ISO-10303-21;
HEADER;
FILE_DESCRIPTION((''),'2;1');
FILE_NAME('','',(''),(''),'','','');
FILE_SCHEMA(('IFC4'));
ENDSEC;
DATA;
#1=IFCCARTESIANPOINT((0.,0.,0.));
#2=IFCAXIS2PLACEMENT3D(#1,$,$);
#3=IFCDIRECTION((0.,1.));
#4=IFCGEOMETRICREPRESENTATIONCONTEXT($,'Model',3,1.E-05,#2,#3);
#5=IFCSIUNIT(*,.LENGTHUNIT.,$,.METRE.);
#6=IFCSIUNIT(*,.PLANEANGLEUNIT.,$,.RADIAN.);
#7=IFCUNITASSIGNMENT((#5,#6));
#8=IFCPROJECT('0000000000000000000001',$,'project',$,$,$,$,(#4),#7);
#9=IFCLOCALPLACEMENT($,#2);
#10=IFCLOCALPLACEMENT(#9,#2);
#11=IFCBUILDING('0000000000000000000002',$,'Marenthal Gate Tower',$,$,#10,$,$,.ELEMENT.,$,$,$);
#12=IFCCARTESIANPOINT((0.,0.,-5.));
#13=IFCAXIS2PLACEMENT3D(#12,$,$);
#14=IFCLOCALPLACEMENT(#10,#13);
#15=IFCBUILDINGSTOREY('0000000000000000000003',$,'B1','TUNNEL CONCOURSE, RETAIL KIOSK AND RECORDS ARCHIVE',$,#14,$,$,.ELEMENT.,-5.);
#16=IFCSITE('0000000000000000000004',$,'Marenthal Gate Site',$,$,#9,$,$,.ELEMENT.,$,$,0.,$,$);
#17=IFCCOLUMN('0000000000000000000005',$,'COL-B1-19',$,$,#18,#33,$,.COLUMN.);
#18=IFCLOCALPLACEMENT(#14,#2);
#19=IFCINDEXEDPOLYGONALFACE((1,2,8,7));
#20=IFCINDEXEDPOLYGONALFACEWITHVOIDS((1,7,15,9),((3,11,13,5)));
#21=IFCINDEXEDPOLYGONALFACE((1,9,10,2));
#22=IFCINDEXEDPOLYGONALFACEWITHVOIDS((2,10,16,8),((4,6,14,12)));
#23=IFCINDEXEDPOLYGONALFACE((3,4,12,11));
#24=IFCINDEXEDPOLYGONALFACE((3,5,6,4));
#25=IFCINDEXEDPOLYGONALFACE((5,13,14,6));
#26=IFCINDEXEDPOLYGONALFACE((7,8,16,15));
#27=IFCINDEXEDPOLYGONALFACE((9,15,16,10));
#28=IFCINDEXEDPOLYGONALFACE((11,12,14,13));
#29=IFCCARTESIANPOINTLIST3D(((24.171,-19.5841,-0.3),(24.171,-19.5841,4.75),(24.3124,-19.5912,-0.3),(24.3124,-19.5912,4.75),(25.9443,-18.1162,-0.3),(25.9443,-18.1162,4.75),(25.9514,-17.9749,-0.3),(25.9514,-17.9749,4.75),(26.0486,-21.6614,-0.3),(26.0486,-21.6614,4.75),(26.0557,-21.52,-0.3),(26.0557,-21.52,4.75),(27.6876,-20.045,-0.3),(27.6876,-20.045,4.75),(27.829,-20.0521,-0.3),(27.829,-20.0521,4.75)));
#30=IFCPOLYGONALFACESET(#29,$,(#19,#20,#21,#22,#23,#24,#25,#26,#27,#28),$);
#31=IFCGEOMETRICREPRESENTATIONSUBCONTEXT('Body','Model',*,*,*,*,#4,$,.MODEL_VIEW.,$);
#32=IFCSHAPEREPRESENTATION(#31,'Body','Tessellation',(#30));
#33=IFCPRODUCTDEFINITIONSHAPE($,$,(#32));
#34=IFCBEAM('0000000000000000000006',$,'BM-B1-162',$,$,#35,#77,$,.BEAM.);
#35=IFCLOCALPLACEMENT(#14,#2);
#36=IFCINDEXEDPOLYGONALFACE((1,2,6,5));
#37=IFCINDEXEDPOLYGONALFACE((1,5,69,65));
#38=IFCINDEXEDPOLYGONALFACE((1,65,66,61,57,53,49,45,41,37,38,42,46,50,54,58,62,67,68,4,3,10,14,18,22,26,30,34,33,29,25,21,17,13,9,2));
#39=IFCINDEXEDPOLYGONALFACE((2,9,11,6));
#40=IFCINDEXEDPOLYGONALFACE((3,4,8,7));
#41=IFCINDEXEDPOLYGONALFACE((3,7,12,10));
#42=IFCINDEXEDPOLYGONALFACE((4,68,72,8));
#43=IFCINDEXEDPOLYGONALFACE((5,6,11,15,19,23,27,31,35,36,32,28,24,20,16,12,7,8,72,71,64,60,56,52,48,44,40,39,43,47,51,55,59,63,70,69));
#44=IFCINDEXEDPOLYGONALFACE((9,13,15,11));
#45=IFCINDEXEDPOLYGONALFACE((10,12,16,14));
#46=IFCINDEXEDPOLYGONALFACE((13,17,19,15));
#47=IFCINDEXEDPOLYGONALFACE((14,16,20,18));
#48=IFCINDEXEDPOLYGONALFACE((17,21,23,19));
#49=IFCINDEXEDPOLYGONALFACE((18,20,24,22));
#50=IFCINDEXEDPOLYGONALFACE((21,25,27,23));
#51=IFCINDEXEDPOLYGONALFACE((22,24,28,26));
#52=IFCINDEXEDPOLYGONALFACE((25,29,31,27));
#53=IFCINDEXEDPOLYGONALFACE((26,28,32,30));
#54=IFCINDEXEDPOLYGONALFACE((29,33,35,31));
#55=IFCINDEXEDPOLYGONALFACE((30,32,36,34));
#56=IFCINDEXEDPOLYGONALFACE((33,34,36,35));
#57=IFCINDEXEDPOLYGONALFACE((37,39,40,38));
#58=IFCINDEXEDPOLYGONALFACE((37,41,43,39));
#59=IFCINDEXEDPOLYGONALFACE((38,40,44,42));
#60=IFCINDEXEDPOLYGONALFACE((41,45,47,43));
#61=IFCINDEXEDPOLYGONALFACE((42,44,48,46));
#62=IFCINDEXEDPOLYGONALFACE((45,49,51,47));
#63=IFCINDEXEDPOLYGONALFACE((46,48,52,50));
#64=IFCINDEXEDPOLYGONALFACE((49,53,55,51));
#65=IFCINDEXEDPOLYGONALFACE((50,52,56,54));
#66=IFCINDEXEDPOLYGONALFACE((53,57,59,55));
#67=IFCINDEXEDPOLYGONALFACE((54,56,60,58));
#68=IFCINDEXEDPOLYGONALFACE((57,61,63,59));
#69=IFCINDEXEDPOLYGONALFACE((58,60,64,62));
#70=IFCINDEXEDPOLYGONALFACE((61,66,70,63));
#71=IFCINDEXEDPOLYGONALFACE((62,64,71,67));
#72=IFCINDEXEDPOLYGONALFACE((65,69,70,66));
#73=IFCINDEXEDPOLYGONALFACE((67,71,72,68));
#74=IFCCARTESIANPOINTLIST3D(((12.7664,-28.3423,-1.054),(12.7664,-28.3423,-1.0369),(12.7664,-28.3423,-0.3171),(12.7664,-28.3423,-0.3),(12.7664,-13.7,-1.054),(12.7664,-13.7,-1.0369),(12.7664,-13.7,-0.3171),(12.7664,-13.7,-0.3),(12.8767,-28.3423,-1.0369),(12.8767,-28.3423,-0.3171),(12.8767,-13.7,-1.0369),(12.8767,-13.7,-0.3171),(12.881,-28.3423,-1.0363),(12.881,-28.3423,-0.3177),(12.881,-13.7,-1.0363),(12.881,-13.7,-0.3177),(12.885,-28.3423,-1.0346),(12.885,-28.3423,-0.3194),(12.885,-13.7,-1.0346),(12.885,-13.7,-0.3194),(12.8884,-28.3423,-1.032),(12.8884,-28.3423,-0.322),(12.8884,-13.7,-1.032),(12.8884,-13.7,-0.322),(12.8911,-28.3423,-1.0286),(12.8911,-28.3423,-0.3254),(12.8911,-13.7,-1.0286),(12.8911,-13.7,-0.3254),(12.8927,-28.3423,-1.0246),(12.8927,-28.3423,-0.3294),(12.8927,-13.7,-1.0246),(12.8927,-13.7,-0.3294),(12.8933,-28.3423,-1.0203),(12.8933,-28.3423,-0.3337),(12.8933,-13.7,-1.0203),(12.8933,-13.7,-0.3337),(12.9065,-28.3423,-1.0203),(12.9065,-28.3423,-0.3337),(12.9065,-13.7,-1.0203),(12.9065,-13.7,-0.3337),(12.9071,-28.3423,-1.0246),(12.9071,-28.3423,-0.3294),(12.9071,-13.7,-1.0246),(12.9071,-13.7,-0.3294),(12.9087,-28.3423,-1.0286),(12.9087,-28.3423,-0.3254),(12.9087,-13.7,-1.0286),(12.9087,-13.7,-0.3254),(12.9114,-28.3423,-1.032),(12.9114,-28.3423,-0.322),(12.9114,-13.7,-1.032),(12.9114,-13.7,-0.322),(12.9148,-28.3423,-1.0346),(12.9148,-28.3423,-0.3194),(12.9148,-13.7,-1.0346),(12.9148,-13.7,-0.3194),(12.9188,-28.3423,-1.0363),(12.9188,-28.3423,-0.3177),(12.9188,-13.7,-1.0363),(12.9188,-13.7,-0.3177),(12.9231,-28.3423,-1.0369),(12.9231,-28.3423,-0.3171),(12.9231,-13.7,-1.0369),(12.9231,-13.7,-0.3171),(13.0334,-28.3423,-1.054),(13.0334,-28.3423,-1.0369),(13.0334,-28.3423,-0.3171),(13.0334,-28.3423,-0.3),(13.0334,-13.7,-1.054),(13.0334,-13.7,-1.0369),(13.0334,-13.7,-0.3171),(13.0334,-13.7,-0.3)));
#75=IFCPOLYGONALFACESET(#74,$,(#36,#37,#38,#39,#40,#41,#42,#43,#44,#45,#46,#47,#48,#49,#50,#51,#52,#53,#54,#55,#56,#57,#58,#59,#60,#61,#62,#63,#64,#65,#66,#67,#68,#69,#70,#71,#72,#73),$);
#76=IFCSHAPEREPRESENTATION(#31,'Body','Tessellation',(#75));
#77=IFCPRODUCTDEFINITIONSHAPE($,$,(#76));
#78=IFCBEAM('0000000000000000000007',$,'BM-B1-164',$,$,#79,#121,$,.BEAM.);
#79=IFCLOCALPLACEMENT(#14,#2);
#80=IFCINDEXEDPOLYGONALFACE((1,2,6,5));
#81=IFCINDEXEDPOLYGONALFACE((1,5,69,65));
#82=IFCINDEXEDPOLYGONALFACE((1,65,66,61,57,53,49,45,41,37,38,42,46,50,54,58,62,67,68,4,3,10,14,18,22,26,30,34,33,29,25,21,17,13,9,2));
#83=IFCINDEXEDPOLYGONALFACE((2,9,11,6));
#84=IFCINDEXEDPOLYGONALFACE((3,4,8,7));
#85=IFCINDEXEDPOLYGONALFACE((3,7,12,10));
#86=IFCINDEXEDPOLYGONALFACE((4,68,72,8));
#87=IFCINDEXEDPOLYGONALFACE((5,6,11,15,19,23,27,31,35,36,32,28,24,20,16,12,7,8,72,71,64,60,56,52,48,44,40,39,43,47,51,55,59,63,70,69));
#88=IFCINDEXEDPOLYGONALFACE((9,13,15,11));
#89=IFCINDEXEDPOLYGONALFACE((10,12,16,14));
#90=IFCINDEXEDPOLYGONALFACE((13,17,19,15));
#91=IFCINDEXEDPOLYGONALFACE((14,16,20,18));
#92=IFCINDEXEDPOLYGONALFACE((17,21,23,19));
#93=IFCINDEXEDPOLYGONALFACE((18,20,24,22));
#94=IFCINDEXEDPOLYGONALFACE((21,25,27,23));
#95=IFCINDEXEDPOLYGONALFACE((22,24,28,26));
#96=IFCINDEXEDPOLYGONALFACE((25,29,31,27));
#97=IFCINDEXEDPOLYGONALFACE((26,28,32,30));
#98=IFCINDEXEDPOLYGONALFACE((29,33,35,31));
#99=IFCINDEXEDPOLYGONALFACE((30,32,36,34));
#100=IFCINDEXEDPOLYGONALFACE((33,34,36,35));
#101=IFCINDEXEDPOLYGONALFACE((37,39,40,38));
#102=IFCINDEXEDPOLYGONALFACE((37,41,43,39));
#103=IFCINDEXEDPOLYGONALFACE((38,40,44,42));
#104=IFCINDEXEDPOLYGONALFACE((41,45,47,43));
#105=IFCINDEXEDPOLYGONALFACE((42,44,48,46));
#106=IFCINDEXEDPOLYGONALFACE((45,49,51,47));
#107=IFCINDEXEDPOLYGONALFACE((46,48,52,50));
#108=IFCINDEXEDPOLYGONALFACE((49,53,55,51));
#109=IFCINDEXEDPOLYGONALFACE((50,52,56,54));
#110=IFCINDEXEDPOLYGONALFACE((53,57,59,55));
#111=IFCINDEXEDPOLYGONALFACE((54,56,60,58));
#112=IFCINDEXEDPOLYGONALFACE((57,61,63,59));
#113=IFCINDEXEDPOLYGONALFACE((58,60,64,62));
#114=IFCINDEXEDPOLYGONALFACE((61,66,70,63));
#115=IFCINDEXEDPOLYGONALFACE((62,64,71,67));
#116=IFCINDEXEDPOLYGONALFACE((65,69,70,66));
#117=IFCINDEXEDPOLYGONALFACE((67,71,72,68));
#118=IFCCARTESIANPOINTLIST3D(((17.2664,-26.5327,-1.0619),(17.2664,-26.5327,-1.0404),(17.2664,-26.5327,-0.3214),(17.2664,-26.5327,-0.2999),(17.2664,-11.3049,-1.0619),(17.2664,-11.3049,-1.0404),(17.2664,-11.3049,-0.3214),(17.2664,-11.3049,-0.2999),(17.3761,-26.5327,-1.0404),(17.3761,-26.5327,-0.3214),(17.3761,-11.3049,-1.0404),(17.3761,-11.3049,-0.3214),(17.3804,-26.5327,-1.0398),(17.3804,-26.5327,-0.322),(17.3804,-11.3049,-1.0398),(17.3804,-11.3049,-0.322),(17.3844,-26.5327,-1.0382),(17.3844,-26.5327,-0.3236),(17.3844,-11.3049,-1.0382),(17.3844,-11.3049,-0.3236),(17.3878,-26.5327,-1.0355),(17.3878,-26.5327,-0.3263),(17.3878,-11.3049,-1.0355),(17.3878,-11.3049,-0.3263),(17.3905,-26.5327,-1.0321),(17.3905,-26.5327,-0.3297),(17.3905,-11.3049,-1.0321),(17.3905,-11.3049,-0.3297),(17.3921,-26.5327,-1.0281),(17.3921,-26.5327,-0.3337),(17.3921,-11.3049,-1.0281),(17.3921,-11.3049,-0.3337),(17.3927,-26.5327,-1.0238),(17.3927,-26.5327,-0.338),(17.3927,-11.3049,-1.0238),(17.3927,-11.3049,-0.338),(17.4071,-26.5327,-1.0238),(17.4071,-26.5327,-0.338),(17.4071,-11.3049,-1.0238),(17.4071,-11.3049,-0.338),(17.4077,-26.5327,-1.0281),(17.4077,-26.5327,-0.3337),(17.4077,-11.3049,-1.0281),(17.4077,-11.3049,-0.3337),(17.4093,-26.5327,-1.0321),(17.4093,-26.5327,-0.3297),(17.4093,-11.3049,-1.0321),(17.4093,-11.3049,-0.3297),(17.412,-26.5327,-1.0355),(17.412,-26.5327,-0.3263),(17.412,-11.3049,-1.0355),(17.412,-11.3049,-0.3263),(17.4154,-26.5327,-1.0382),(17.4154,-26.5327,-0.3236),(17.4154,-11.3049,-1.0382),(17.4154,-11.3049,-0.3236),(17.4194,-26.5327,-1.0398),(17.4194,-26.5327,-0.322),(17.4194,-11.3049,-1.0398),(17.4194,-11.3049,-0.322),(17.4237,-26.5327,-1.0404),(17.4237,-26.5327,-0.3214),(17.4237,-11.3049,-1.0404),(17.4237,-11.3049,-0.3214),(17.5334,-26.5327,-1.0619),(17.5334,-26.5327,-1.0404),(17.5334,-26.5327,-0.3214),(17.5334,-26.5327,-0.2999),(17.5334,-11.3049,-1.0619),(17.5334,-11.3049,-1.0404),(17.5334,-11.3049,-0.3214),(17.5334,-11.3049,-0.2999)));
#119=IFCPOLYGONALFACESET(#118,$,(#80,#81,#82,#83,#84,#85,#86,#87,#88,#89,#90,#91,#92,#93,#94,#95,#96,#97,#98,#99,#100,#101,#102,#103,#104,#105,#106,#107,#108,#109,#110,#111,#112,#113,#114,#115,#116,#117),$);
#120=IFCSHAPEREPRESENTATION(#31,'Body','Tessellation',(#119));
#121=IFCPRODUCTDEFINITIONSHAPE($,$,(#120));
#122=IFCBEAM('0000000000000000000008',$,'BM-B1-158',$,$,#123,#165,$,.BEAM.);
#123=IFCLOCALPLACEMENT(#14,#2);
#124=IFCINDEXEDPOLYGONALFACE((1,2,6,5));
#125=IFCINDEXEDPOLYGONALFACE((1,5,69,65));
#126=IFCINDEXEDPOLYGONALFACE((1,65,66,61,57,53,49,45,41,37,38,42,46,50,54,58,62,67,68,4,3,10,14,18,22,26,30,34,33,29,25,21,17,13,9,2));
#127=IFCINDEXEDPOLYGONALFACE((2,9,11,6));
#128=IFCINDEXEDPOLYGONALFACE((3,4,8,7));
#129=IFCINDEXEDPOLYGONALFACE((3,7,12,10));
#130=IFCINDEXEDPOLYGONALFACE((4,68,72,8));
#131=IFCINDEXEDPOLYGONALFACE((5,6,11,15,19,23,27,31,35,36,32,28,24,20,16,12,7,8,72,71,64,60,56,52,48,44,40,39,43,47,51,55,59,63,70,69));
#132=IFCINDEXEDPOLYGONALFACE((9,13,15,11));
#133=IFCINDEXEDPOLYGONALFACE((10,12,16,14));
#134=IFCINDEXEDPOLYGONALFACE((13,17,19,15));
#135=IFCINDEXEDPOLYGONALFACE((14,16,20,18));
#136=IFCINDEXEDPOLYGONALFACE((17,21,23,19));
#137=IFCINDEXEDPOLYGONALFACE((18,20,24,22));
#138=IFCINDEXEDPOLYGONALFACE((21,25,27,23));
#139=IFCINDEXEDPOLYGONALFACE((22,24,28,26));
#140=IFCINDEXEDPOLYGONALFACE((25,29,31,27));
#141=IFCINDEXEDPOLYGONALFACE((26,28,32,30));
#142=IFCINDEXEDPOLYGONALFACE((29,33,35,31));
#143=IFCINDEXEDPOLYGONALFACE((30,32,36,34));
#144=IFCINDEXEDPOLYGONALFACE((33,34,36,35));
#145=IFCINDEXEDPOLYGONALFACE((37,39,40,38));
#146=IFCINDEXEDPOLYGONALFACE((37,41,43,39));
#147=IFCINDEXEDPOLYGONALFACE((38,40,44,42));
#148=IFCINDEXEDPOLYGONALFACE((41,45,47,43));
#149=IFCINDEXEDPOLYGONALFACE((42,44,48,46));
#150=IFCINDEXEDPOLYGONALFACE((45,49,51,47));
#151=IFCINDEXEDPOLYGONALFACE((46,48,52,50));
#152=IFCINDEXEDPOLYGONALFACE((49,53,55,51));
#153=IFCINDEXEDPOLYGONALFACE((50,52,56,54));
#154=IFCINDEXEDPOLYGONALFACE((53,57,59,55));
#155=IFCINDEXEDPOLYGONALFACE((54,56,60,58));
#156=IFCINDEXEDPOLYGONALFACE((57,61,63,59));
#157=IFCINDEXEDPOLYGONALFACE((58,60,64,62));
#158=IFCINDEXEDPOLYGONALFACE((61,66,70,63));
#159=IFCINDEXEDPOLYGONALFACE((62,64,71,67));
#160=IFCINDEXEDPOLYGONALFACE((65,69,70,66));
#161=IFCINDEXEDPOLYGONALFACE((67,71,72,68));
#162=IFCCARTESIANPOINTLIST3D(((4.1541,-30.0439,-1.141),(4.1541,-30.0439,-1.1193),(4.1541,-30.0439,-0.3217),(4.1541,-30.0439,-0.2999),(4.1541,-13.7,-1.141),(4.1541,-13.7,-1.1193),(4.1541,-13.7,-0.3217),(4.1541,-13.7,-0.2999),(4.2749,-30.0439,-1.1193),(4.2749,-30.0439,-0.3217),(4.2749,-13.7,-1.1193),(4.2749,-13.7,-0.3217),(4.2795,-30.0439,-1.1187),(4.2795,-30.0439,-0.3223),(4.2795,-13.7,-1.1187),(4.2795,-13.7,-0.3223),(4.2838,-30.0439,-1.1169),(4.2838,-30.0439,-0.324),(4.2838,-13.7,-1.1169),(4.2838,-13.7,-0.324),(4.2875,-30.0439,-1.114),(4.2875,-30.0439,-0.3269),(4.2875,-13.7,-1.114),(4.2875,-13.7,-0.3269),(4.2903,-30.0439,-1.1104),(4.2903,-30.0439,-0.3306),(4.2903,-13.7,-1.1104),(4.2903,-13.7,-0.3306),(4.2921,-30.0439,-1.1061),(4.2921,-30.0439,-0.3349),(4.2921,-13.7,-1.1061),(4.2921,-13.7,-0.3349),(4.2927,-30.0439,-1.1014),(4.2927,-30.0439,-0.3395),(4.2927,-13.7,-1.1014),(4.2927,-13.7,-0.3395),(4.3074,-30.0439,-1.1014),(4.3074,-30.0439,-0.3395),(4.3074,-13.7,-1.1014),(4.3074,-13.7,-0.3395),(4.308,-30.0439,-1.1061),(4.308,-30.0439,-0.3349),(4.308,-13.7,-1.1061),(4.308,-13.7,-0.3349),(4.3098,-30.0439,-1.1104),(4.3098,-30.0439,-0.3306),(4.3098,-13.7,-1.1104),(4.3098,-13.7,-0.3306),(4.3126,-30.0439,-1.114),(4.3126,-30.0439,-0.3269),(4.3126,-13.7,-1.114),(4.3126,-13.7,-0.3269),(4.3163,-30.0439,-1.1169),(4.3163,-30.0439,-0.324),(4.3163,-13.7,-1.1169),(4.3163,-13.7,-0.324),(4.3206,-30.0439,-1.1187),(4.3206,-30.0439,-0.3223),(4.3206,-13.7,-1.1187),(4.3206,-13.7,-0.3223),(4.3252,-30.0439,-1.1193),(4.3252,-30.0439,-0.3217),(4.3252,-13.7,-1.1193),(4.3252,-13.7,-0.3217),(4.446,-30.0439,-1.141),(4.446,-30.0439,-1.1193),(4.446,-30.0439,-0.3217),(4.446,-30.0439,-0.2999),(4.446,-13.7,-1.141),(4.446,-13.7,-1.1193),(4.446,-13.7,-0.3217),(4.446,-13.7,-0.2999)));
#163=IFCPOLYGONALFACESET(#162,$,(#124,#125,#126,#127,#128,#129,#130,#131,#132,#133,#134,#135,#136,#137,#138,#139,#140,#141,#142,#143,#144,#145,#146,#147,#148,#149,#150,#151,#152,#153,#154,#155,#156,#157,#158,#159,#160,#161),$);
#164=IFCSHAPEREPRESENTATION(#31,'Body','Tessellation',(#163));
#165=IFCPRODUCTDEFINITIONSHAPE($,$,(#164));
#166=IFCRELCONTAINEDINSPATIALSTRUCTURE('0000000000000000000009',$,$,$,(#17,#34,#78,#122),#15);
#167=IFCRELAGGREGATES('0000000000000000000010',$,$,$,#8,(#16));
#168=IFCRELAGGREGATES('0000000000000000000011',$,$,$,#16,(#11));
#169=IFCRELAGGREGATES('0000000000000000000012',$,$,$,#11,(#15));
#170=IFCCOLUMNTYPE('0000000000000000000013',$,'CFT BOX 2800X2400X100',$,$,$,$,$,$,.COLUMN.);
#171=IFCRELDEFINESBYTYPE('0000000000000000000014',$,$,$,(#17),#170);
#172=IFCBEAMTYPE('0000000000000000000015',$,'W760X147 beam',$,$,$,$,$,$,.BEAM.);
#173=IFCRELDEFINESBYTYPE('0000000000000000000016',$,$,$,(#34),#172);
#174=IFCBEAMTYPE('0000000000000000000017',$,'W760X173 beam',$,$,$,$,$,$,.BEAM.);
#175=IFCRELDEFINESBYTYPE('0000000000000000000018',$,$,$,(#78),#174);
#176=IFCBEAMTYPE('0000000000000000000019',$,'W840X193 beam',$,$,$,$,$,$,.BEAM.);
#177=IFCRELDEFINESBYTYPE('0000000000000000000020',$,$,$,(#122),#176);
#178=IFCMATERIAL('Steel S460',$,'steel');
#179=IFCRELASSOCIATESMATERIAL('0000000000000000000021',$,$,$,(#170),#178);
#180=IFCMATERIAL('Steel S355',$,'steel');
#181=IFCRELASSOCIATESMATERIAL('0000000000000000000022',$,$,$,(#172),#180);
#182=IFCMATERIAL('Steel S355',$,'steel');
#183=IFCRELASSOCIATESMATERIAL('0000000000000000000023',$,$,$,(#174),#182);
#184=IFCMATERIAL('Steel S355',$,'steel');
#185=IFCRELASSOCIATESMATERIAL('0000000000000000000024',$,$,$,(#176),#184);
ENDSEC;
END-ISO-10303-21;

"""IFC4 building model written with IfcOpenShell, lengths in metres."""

from ifc_helpers import new_model, si_unit, direction, frame, origin, origin_2d, place, context, subcontext, project, spatial, rectangle, hollow_rectangle, i_section, extrude, material, material_profile, profile_set, type_object, element, save


model = new_model("IFC4")

# Units and contexts
model_context = context("Model", 3, precision=1e-05, world=origin(), true_north=direction((0.0, 1.0)))
body_context = subcontext(model_context, "Body", "Model", "MODEL_VIEW")
ifc_project = project(units=[si_unit("LENGTHUNIT", "METRE"), si_unit("PLANEANGLEUNIT", "RADIAN")], contexts=[model_context])

# Site, building, storey
site_placement = place(None, origin())
site = spatial("IfcSite", under=ifc_project, at=site_placement, Name="Marenthal Gate Site", CompositionType="ELEMENT", RefElevation=0.0)
building_placement = place(site_placement, origin())
building = spatial("IfcBuilding", under=site, at=building_placement, Name="Marenthal Gate Tower", CompositionType="ELEMENT")
storey_placement = place(building_placement, frame((0.0, 0.0, -5.0)))
storey = spatial("IfcBuildingStorey", under=building, at=storey_placement, Name="B1", Description="TUNNEL CONCOURSE, RETAIL KIOSK AND RECORDS ARCHIVE", CompositionType="ELEMENT", Elevation=-5.0)

# Column
ifc_material_1 = material(Name="Steel S460", Category="steel")
ifc_material_profile_1 = material_profile(ifc_material_1, hollow_rectangle(XDim=2.3999, YDim=2.8, WallThickness=0.1001, at=origin_2d()), Name="CFT BOX 2800X2400X100")
ifc_material_2 = material(Name="Concrete 70 MPa", Category="concrete")
ifc_material_profile_2 = material_profile(ifc_material_2, rectangle(XDim=2.2, YDim=2.6001, at=origin_2d()), Name="CFT BOX 2800X2400X100 INFILL")
ifc_profile_set_1 = profile_set([ifc_material_profile_1, ifc_material_profile_2], Name="Steel S460 shell, Concrete 70 MPa infill")
column_type = type_object("IfcColumnType", Name="CFT BOX 2800X2400X100", PredefinedType="COLUMN", material=ifc_profile_set_1)
column_placement = place(storey_placement, frame((26.0, -19.8181, -0.3), z_axis=(0.0, 0.0, 1.0), x_axis=(-0.741874, -0.670539, 0.0)))
element("IfcColumn", 1, at=column_placement, inside=storey, type_object=column_type, Name="COL-B1-19", PredefinedType="COLUMN", context=body_context, shape_type="SweptSolid", body=[
    extrude(hollow_rectangle(XDim=2.3999, YDim=2.8, WallThickness=0.1001, at=origin_2d()), origin(), (0.0, 0.0, 1.0), 5.05),
])

# Beams
ifc_material_3 = material(Name="Steel S355", Category="steel")
ifc_material_profile_3 = material_profile(ifc_material_3, i_section(OverallWidth=0.2671, OverallDepth=0.7539, WebThickness=0.0132, FlangeThickness=0.0171, FilletRadius=0.0166, at=origin_2d()), Name="W760X147")
ifc_profile_set_2 = profile_set([ifc_material_profile_3], Name="Steel S355")
beam_type_1 = type_object("IfcBeamType", Name="W760X147 beam", PredefinedType="BEAM", material=ifc_profile_set_2)
beam_1_placement = place(storey_placement, frame((12.8999, -13.7, -0.677), z_axis=(0.0, -1.0, 0.0), x_axis=(1.0, 0.0, 0.0)))
element("IfcBeam", 2, at=beam_1_placement, inside=storey, type_object=beam_type_1, Name="BM-B1-162", PredefinedType="BEAM", context=body_context, shape_type="SweptSolid", body=[
    extrude(i_section(OverallWidth=0.2671, OverallDepth=0.7539, WebThickness=0.0132, FlangeThickness=0.0171, FilletRadius=0.0166, at=origin_2d()), origin(), (0.0, 0.0, 1.0), 14.6423),
])
ifc_material_4 = material(Name="Steel S355", Category="steel")
ifc_material_profile_4 = material_profile(ifc_material_4, i_section(OverallWidth=0.2671, OverallDepth=0.762, WebThickness=0.0144, FlangeThickness=0.0215, FilletRadius=0.0166, at=origin_2d()), Name="W760X173")
ifc_profile_set_3 = profile_set([ifc_material_profile_4], Name="Steel S355")
beam_type_2 = type_object("IfcBeamType", Name="W760X173 beam", PredefinedType="BEAM", material=ifc_profile_set_3)
beam_2_placement = place(storey_placement, frame((17.3999, -11.3049, -0.6809), z_axis=(0.0, -1.0, 0.0), x_axis=(1.0, 0.0, 0.0)))
element("IfcBeam", 3, at=beam_2_placement, inside=storey, type_object=beam_type_2, Name="BM-B1-164", PredefinedType="BEAM", context=body_context, shape_type="SweptSolid", body=[
    extrude(i_section(OverallWidth=0.2671, OverallDepth=0.762, WebThickness=0.0144, FlangeThickness=0.0215, FilletRadius=0.0166, at=origin_2d()), origin(), (0.0, 0.0, 1.0), 15.2278),
])
ifc_material_5 = material(Name="Steel S355", Category="steel")
ifc_material_profile_5 = material_profile(ifc_material_5, i_section(OverallWidth=0.292, OverallDepth=0.8411, WebThickness=0.0146, FlangeThickness=0.0217, FilletRadius=0.0178, at=origin_2d()), Name="W840X193")
ifc_profile_set_4 = profile_set([ifc_material_profile_5], Name="Steel S355")
beam_type_3 = type_object("IfcBeamType", Name="W840X193 beam", PredefinedType="BEAM", material=ifc_profile_set_4)
beam_3_placement = place(storey_placement, frame((4.3, -13.7, -0.7205), z_axis=(0.0, -1.0, 0.0), x_axis=(1.0, 0.0, 0.0)))
element("IfcBeam", 4, at=beam_3_placement, inside=storey, type_object=beam_type_3, Name="BM-B1-158", PredefinedType="BEAM", context=body_context, shape_type="SweptSolid", body=[
    extrude(i_section(OverallWidth=0.292, OverallDepth=0.8411, WebThickness=0.0146, FlangeThickness=0.0217, FilletRadius=0.0178, at=origin_2d()), origin(), (0.0, 0.0, 1.0), 16.344),
])

save(model, "model.ifc")
